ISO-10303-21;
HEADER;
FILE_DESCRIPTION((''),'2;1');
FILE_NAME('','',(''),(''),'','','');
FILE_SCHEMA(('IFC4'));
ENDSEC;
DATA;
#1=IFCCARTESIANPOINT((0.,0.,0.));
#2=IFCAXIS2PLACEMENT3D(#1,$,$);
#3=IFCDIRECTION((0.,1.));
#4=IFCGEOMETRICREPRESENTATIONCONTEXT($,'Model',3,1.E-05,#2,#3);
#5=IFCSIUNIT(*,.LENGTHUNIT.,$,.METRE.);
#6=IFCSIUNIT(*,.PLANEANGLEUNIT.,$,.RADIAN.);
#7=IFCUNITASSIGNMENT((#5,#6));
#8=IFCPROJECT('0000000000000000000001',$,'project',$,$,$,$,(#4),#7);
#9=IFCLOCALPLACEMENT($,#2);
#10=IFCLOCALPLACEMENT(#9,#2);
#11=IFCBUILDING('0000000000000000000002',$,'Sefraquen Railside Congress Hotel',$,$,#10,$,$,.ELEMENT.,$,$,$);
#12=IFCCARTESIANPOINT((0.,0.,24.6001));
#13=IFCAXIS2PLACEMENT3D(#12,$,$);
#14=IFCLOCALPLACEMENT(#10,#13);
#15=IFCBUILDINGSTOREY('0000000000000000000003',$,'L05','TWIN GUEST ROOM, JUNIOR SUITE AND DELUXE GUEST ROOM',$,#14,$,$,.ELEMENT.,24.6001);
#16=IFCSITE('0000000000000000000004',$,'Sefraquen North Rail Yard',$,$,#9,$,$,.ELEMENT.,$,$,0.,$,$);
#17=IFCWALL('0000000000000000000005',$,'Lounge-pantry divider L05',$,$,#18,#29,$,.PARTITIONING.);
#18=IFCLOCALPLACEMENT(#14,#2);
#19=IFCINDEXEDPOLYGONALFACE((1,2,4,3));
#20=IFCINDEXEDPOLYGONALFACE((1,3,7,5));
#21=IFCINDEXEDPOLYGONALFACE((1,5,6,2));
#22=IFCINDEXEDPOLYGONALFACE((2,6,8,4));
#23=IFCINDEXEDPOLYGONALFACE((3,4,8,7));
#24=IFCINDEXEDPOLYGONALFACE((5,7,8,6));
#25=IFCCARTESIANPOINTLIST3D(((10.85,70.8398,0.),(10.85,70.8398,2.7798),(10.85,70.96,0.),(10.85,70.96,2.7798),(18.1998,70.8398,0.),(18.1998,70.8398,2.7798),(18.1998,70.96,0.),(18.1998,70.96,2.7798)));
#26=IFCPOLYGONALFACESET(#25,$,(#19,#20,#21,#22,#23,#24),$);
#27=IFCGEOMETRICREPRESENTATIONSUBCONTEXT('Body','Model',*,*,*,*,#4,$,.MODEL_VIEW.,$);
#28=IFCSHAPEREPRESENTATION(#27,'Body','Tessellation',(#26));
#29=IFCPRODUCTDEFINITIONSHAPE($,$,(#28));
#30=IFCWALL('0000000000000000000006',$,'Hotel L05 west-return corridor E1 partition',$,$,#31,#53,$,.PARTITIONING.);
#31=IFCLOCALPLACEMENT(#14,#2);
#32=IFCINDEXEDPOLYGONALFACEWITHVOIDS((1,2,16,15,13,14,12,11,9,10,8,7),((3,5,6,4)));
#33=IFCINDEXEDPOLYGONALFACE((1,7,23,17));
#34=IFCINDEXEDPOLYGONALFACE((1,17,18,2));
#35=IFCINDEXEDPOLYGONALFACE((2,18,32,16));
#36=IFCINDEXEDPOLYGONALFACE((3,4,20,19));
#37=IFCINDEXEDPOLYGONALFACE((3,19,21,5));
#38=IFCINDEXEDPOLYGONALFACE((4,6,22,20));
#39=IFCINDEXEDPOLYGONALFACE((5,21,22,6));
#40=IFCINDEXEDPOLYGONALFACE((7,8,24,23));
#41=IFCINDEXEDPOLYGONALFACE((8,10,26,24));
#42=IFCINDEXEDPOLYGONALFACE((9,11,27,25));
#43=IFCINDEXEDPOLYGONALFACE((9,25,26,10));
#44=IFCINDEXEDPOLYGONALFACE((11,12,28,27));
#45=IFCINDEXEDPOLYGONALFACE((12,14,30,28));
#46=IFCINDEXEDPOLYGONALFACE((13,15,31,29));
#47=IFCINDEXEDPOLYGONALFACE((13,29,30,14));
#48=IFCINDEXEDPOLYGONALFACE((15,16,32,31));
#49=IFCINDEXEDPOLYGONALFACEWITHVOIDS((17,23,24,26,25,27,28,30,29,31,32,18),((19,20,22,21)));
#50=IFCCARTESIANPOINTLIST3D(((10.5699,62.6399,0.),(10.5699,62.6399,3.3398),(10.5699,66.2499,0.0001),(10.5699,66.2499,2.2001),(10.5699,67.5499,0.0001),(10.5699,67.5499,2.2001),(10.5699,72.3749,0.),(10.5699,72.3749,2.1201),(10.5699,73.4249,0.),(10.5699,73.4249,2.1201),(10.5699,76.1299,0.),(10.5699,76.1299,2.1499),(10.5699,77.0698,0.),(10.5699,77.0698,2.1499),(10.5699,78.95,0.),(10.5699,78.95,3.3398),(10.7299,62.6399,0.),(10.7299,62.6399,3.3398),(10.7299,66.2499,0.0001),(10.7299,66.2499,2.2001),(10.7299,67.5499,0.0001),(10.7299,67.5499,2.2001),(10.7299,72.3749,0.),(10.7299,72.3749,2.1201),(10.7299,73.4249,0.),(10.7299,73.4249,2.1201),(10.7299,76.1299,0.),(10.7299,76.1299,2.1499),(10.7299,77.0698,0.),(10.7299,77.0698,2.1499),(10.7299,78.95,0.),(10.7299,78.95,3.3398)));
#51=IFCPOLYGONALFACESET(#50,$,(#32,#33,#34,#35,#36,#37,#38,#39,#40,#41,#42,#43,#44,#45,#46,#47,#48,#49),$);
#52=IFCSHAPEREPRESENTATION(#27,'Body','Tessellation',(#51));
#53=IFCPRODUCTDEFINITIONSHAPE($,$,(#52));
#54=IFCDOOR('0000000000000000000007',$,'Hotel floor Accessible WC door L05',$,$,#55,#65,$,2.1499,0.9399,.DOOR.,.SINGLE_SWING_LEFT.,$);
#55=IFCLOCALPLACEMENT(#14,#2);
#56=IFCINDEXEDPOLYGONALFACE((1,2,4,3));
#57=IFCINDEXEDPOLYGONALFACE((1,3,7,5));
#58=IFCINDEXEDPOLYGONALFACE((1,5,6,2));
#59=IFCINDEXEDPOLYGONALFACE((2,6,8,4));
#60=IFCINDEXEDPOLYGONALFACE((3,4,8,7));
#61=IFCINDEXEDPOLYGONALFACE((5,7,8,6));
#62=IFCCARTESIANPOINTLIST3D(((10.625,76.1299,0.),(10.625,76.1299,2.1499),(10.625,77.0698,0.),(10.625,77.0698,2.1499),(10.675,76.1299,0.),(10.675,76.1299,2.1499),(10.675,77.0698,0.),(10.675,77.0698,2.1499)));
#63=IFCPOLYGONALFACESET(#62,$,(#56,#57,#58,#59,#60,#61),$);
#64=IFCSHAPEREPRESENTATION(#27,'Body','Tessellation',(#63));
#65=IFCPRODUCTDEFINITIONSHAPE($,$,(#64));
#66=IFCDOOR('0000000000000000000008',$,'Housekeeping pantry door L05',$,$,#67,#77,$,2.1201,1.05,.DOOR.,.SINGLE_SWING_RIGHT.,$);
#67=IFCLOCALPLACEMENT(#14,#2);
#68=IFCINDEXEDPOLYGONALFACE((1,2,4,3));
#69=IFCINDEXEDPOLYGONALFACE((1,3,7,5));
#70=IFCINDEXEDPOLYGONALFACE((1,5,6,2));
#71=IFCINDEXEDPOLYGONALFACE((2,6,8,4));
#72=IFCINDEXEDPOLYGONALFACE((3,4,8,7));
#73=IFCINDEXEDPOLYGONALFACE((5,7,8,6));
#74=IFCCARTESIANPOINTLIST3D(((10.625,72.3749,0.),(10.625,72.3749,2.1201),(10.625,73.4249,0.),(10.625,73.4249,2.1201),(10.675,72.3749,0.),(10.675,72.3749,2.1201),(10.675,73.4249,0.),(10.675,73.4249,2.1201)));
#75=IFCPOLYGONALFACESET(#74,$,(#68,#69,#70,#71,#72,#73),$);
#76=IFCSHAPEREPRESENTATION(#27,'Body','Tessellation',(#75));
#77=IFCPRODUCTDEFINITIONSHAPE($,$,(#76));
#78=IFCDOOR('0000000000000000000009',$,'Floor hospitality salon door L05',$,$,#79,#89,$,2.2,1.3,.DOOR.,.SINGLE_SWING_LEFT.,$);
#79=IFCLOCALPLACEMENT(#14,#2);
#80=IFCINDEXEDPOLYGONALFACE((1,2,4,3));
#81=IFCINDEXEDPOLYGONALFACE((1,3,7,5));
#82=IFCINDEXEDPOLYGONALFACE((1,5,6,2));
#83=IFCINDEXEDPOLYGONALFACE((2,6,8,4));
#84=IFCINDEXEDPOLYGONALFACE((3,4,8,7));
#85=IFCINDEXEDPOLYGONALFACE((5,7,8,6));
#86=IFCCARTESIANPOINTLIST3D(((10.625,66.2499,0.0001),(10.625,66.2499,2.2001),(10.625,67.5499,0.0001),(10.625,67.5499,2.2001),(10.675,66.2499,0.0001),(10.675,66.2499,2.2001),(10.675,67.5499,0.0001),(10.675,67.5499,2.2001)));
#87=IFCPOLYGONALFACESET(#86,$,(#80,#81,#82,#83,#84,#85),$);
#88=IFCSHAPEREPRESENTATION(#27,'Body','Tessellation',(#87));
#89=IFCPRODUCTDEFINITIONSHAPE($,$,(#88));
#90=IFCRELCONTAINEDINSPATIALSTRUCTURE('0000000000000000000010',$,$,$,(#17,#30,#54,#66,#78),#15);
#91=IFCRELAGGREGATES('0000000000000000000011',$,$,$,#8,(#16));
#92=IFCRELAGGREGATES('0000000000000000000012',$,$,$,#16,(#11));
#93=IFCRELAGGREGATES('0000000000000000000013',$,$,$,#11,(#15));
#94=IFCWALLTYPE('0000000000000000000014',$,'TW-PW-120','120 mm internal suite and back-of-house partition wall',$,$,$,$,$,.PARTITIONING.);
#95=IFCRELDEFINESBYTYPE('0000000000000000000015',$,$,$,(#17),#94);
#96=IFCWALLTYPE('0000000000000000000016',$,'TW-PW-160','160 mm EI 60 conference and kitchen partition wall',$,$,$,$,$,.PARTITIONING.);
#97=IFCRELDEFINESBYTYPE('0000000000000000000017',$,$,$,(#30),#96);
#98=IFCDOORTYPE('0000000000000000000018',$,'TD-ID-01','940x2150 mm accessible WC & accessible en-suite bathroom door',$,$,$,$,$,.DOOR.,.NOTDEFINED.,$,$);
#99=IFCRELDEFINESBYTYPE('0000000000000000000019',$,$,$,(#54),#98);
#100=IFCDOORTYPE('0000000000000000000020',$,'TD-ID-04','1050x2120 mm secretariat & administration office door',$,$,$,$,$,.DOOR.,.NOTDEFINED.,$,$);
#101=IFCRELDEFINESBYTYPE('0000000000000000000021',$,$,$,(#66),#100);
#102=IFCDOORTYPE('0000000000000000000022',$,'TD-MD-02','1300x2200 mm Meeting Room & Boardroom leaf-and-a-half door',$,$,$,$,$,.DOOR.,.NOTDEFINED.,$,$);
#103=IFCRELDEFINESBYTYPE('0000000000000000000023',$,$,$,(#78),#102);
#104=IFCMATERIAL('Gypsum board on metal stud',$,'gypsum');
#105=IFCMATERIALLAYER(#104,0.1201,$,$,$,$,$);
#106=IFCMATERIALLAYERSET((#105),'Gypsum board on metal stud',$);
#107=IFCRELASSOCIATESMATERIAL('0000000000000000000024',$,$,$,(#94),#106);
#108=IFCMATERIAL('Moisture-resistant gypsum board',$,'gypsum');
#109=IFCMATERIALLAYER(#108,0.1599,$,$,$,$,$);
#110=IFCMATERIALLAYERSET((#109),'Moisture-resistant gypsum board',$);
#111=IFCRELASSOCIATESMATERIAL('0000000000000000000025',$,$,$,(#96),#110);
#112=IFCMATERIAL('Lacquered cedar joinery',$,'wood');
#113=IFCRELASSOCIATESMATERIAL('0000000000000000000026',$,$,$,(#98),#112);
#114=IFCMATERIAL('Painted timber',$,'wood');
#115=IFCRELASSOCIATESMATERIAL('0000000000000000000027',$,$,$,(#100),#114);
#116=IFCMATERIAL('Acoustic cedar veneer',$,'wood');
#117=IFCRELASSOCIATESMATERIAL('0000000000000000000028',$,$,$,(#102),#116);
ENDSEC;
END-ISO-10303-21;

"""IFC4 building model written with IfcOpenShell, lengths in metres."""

from ifc_helpers import new_model, si_unit, direction, frame, frame_2d, origin, place, context, subcontext, project, spatial, rectangle, extrude, material, layer, layer_set, type_object, element, fill, save


model = new_model("IFC4")

# Units and contexts
model_context = context("Model", 3, precision=1e-05, world=origin(), true_north=direction((0.0, 1.0)))
body_context = subcontext(model_context, "Body", "Model", "MODEL_VIEW")
ifc_project = project(units=[si_unit("LENGTHUNIT", "METRE"), si_unit("PLANEANGLEUNIT", "RADIAN")], contexts=[model_context])

# Site, building, storey
site_placement = place(None, origin())
site = spatial("IfcSite", under=ifc_project, at=site_placement, Name="Sefraquen North Rail Yard", CompositionType="ELEMENT", RefElevation=0.0)
building_placement = place(site_placement, origin())
building = spatial("IfcBuilding", under=site, at=building_placement, Name="Sefraquen Railside Congress Hotel", CompositionType="ELEMENT")
storey_placement = place(building_placement, frame((0.0, 0.0, 24.6001)))
storey = spatial("IfcBuildingStorey", under=building, at=storey_placement, Name="L05", Description="TWIN GUEST ROOM, JUNIOR SUITE AND DELUXE GUEST ROOM", CompositionType="ELEMENT", Elevation=24.6001)

# Wall
ifc_material_1 = material(Name="Gypsum board on metal stud", Category="gypsum")
ifc_layer_1 = layer(ifc_material_1, 0.1201)
ifc_layer_set_1 = layer_set([ifc_layer_1], Name="Gypsum board on metal stud")
wall_type_1 = type_object("IfcWallType", Name="TW-PW-120", Description="120 mm internal suite and back-of-house partition wall", PredefinedType="PARTITIONING", material=ifc_layer_set_1)
wall_1_placement = place(storey_placement, frame((10.8501, 70.8999, 0.0), z_axis=(0.0, 0.0, 1.0), x_axis=(1.0, 0.0, 0.0)))
element("IfcWall", 1, at=wall_1_placement, inside=storey, type_object=wall_type_1, Name="Lounge-pantry divider L05", PredefinedType="PARTITIONING", context=body_context, shape_type="SweptSolid", body=[
    extrude(rectangle(XDim=7.3499, YDim=0.1201, at=frame_2d((3.6748, 0.0))), origin(), (0.0, 0.0, 1.0), 2.7798),
])

# Wall, openings, doors
ifc_material_2 = material(Name="Moisture-resistant gypsum board", Category="gypsum")
ifc_layer_2 = layer(ifc_material_2, 0.1599)
ifc_layer_set_2 = layer_set([ifc_layer_2], Name="Moisture-resistant gypsum board")
wall_type_2 = type_object("IfcWallType", Name="TW-PW-160", Description="160 mm EI 60 conference and kitchen partition wall", PredefinedType="PARTITIONING", material=ifc_layer_set_2)
wall_2_placement = place(storey_placement, frame((10.6499, 62.6399, 0.0), z_axis=(0.0, 0.0, 1.0), x_axis=(0.0, 1.0, 0.0)))
wall_2 = element("IfcWall", 2, at=wall_2_placement, inside=storey, type_object=wall_type_2, Name="Hotel L05 west-return corridor E1 partition", PredefinedType="PARTITIONING", context=body_context, shape_type="SweptSolid", body=[
    extrude(rectangle(XDim=16.3101, YDim=0.1599, at=frame_2d((8.155, 0.0))), origin(), (0.0, 0.0, 1.0), 3.3398),
])
opening_1_placement = place(wall_2_placement, frame((3.6101, 0.0, 0.0)))
opening_1 = element("IfcOpeningElement", 3, at=opening_1_placement, cuts=wall_2, PredefinedType="OPENING", context=body_context, shape_type="SweptSolid", body=[
    extrude(rectangle(XDim=1.3, YDim=2.2, at=frame_2d((0.6499, 1.1001))), frame((0.0, 0.0898, 0.0), z_axis=(0.0, -1.0, 0.0), x_axis=(1.0, 0.0, 0.0)), (0.0, 0.0, 1.0), 0.1799),
])
opening_2_placement = place(wall_2_placement, frame((9.7351, 0.0, 0.0)))
opening_2 = element("IfcOpeningElement", 4, at=opening_2_placement, cuts=wall_2, PredefinedType="OPENING", context=body_context, shape_type="SweptSolid", body=[
    extrude(rectangle(XDim=1.05, YDim=2.1201, at=frame_2d((0.5249, 1.0601))), frame((0.0, 0.0898, 0.0), z_axis=(0.0, -1.0, 0.0), x_axis=(1.0, 0.0, 0.0)), (0.0, 0.0, 1.0), 0.1799),
])
opening_3_placement = place(wall_2_placement, frame((13.49, 0.0, 0.0)))
opening_3 = element("IfcOpeningElement", 5, at=opening_3_placement, cuts=wall_2, PredefinedType="OPENING", context=body_context, shape_type="SweptSolid", body=[
    extrude(rectangle(XDim=0.9399, YDim=2.1499, at=frame_2d((0.47, 1.075))), frame((0.0, 0.0898, 0.0), z_axis=(0.0, -1.0, 0.0), x_axis=(1.0, 0.0, 0.0)), (0.0, 0.0, 1.0), 0.1799),
])
ifc_material_3 = material(Name="Lacquered cedar joinery", Category="wood")
door_type_1 = type_object("IfcDoorType", Name="TD-ID-01", Description="940x2150 mm accessible WC & accessible en-suite bathroom door", OperationType="NOTDEFINED", PredefinedType="DOOR", material=ifc_material_3)
door_1_placement = place(opening_3_placement, origin())
door_1 = element("IfcDoor", 6, at=door_1_placement, inside=storey, type_object=door_type_1, Name="Hotel floor Accessible WC door L05", OperationType="SINGLE_SWING_LEFT", OverallHeight=2.1499, OverallWidth=0.9399, PredefinedType="DOOR", context=body_context, shape_type="SweptSolid", body=[
    extrude(rectangle(XDim=0.9399, YDim=2.1499, at=frame_2d((0.47, 1.075))), frame((0.0, 0.0249, 0.0), z_axis=(0.0, -1.0, 0.0), x_axis=(1.0, 0.0, 0.0)), (0.0, 0.0, 1.0), 0.05),
])
fill(opening_3, door_1)
ifc_material_4 = material(Name="Painted timber", Category="wood")
door_type_2 = type_object("IfcDoorType", Name="TD-ID-04", Description="1050x2120 mm secretariat & administration office door", OperationType="NOTDEFINED", PredefinedType="DOOR", material=ifc_material_4)
door_2_placement = place(opening_2_placement, origin())
door_2 = element("IfcDoor", 7, at=door_2_placement, inside=storey, type_object=door_type_2, Name="Housekeeping pantry door L05", OperationType="SINGLE_SWING_RIGHT", OverallHeight=2.1201, OverallWidth=1.05, PredefinedType="DOOR", context=body_context, shape_type="SweptSolid", body=[
    extrude(rectangle(XDim=1.05, YDim=2.1201, at=frame_2d((0.5249, 1.0601))), frame((0.0, 0.0249, 0.0), z_axis=(0.0, -1.0, 0.0), x_axis=(1.0, 0.0, 0.0)), (0.0, 0.0, 1.0), 0.05),
])
fill(opening_2, door_2)
ifc_material_5 = material(Name="Acoustic cedar veneer", Category="wood")
door_type_3 = type_object("IfcDoorType", Name="TD-MD-02", Description="1300x2200 mm Meeting Room & Boardroom leaf-and-a-half door", OperationType="NOTDEFINED", PredefinedType="DOOR", material=ifc_material_5)
door_3_placement = place(opening_1_placement, origin())
door_3 = element("IfcDoor", 8, at=door_3_placement, inside=storey, type_object=door_type_3, Name="Floor hospitality salon door L05", OperationType="SINGLE_SWING_LEFT", OverallHeight=2.2, OverallWidth=1.3, PredefinedType="DOOR", context=body_context, shape_type="SweptSolid", body=[
    extrude(rectangle(XDim=1.3, YDim=2.2, at=frame_2d((0.6499, 1.1001))), frame((0.0, 0.0249, 0.0), z_axis=(0.0, -1.0, 0.0), x_axis=(1.0, 0.0, 0.0)), (0.0, 0.0, 1.0), 0.05),
])
fill(opening_1, door_3)

save(model, "model.ifc")
